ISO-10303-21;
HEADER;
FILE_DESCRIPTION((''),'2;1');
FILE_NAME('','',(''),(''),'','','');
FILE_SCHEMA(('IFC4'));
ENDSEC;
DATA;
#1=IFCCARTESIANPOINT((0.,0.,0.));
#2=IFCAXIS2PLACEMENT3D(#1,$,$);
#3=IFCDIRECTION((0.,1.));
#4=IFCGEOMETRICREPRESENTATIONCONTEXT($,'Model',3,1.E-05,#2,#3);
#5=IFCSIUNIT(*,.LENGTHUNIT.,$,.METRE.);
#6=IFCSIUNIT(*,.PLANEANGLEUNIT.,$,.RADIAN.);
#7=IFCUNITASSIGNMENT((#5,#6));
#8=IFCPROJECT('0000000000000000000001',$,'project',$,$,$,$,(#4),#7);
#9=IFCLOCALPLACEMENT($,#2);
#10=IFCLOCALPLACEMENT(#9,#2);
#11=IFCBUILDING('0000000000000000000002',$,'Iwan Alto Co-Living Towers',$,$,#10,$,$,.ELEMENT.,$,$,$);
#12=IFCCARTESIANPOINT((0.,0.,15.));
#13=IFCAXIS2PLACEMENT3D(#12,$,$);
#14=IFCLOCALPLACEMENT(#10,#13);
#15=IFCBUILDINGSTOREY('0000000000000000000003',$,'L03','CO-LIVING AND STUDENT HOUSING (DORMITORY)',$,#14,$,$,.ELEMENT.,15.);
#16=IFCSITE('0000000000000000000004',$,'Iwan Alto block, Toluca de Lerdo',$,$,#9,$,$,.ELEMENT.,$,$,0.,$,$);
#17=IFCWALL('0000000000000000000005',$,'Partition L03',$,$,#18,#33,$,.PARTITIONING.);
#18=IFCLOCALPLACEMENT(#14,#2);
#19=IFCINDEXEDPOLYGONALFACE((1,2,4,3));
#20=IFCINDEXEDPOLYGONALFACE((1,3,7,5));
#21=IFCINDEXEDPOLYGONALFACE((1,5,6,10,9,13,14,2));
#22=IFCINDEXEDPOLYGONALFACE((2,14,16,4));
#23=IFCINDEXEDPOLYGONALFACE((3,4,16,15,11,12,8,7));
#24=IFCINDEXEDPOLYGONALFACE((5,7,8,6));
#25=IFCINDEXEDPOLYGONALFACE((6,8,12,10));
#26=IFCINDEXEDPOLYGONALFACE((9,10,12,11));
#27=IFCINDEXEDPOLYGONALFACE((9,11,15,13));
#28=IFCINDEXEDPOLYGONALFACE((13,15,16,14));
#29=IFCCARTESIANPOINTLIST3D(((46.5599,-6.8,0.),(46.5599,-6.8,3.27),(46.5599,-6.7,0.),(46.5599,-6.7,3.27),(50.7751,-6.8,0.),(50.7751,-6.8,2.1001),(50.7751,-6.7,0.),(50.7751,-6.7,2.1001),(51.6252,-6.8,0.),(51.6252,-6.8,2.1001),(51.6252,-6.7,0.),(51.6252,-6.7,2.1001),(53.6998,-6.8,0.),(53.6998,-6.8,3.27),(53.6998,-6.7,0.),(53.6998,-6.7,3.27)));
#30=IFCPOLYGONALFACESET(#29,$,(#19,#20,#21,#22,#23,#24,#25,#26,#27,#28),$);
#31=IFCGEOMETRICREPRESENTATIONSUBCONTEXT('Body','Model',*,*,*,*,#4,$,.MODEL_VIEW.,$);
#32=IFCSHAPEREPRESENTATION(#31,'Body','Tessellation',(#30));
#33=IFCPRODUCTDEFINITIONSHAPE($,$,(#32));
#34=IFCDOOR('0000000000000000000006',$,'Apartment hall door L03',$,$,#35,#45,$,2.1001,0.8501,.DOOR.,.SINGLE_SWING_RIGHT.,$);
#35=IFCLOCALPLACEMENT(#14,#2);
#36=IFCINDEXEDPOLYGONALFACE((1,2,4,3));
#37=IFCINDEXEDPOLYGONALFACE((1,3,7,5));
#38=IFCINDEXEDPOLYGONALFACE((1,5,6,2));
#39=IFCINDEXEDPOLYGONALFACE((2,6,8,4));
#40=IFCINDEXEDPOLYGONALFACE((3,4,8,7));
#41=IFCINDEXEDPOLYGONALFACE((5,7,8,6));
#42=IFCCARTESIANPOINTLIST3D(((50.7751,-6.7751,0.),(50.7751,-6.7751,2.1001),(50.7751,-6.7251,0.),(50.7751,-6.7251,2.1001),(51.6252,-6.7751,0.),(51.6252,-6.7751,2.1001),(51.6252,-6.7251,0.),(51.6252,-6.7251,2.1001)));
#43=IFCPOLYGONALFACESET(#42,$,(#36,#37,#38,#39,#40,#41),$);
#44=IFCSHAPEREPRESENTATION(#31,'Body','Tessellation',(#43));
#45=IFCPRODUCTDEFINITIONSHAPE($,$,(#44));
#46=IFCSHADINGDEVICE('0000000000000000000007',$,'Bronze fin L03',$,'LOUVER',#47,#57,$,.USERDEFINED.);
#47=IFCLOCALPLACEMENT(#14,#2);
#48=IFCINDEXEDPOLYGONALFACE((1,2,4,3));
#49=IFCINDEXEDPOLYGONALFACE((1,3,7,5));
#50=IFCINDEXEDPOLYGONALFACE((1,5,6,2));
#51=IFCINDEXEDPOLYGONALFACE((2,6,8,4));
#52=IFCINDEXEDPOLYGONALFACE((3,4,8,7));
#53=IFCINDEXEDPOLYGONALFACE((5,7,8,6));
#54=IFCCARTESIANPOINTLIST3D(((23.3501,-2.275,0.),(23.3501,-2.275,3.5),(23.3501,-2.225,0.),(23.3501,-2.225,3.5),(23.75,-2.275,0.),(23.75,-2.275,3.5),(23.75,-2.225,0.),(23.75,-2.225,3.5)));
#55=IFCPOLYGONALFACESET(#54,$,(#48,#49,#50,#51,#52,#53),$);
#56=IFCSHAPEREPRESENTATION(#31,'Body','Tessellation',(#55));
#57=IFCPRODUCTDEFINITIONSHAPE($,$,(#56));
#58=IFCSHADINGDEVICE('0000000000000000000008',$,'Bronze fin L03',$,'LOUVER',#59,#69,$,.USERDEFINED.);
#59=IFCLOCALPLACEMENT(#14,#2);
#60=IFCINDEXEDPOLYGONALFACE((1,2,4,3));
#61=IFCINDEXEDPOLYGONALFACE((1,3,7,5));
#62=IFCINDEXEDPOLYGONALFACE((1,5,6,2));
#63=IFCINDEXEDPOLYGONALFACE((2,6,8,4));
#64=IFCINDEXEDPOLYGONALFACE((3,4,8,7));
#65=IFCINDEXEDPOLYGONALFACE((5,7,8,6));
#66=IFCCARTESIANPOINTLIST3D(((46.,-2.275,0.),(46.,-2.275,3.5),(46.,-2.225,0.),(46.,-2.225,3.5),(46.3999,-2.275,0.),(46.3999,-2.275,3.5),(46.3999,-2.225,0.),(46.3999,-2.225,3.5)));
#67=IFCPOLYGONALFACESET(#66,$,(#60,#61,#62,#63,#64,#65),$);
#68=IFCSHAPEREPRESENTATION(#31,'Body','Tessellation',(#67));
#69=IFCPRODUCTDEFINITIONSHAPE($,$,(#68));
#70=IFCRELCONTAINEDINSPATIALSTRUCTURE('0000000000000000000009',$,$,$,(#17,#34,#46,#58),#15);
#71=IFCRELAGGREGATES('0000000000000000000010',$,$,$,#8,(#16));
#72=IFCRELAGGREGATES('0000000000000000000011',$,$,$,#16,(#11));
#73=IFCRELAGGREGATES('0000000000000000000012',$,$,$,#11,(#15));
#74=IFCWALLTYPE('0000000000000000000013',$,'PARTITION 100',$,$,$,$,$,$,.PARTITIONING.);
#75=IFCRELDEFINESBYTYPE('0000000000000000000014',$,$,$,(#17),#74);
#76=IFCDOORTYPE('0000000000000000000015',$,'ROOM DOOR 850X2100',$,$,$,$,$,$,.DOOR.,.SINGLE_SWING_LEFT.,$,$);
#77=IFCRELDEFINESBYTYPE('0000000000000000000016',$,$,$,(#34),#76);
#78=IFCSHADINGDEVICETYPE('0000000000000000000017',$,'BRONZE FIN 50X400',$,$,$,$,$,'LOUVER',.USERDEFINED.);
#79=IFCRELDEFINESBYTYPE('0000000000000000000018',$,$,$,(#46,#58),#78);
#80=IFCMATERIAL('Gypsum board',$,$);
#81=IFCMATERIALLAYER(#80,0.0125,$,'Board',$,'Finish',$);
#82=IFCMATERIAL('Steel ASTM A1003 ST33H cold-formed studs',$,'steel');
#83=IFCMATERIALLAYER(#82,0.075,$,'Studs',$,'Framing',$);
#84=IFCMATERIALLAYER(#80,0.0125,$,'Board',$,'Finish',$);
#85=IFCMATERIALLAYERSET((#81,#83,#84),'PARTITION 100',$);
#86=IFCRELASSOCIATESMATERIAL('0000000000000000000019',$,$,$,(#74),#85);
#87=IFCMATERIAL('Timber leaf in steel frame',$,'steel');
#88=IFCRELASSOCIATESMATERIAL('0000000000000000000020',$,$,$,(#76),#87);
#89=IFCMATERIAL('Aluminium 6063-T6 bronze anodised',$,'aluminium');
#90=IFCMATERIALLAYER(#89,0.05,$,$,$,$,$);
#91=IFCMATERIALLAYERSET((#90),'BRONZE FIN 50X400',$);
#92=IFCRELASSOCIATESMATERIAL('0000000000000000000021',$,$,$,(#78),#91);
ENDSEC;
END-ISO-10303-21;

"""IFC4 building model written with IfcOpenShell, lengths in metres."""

from ifc_helpers import new_model, si_unit, direction, frame, frame_2d, origin, origin_2d, place, context, subcontext, project, spatial, rectangle, extrude, material, layer, layer_set, type_object, element, fill, save


model = new_model("IFC4")

# Units and contexts
model_context = context("Model", 3, precision=1e-05, world=origin(), true_north=direction((0.0, 1.0)))
body_context = subcontext(model_context, "Body", "Model", "MODEL_VIEW")
ifc_project = project(units=[si_unit("LENGTHUNIT", "METRE"), si_unit("PLANEANGLEUNIT", "RADIAN")], contexts=[model_context])

# Site, building, storey
site_placement = place(None, origin())
site = spatial("IfcSite", under=ifc_project, at=site_placement, Name="Iwan Alto block, Toluca de Lerdo", CompositionType="ELEMENT", RefElevation=0.0)
building_placement = place(site_placement, origin())
building = spatial("IfcBuilding", under=site, at=building_placement, Name="Iwan Alto Co-Living Towers", CompositionType="ELEMENT")
storey_placement = place(building_placement, frame((0.0, 0.0, 15.0)))
storey = spatial("IfcBuildingStorey", under=building, at=storey_placement, Name="L03", Description="CO-LIVING AND STUDENT HOUSING (DORMITORY)", CompositionType="ELEMENT", Elevation=15.0)

# Wall, opening, door
ifc_material_1 = material(Name="Gypsum board")
ifc_layer_1 = layer(ifc_material_1, 0.0125, Name="Board", Category="Finish")
ifc_material_2 = material(Name="Steel ASTM A1003 ST33H cold-formed studs", Category="steel")
ifc_layer_2 = layer(ifc_material_2, 0.075, Name="Studs", Category="Framing")
ifc_layer_3 = layer(ifc_material_1, 0.0125, Name="Board", Category="Finish")
ifc_layer_set_1 = layer_set([ifc_layer_1, ifc_layer_2, ifc_layer_3], Name="PARTITION 100")
wall_type = type_object("IfcWallType", Name="PARTITION 100", PredefinedType="PARTITIONING", material=ifc_layer_set_1)
wall_placement = place(storey_placement, frame((46.5601, -6.75, 0.0), z_axis=(0.0, 0.0, 1.0), x_axis=(1.0, 0.0, 0.0)))
wall = element("IfcWall", 1, at=wall_placement, inside=storey, type_object=wall_type, Name="Partition L03", PredefinedType="PARTITIONING", context=body_context, shape_type="SweptSolid", body=[
    extrude(rectangle(XDim=7.1399, YDim=0.1001, at=frame_2d((3.5698, 0.0))), origin(), (0.0, 0.0, 1.0), 3.27),
])
opening_placement = place(wall_placement, frame((4.2151, 0.0, 0.0)))
opening = element("IfcOpeningElement", 2, at=opening_placement, cuts=wall, PredefinedType="OPENING", context=body_context, shape_type="SweptSolid", body=[
    extrude(rectangle(XDim=0.8501, YDim=2.1001, at=frame_2d((0.425, 1.05))), frame((0.0, 0.0601, 0.0), z_axis=(0.0, -1.0, 0.0), x_axis=(1.0, 0.0, 0.0)), (0.0, 0.0, 1.0), 0.1201),
])
ifc_material_3 = material(Name="Timber leaf in steel frame", Category="steel")
door_type = type_object("IfcDoorType", Name="ROOM DOOR 850X2100", OperationType="SINGLE_SWING_LEFT", PredefinedType="DOOR", material=ifc_material_3)
door_placement = place(opening_placement, origin())
door = element("IfcDoor", 3, at=door_placement, inside=storey, type_object=door_type, Name="Apartment hall door L03", OperationType="SINGLE_SWING_RIGHT", OverallHeight=2.1001, OverallWidth=0.8501, PredefinedType="DOOR", context=body_context, shape_type="SweptSolid", body=[
    extrude(rectangle(XDim=0.8501, YDim=2.1001, at=frame_2d((0.425, 1.05))), frame((0.0, 0.0249, 0.0), z_axis=(0.0, -1.0, 0.0), x_axis=(1.0, 0.0, 0.0)), (0.0, 0.0, 1.0), 0.05),
])
fill(opening, door)

# Shading devices
ifc_material_4 = material(Name="Aluminium 6063-T6 bronze anodised", Category="aluminium")
ifc_layer_4 = layer(ifc_material_4, 0.05)
ifc_layer_set_2 = layer_set([ifc_layer_4], Name="BRONZE FIN 50X400")
shading_device_type = type_object("IfcShadingDeviceType", Name="BRONZE FIN 50X400", ElementType="LOUVER", PredefinedType="USERDEFINED", material=ifc_layer_set_2)
for number, where, z_axis, x_axis, name in (
    (4, (23.55, -2.25, 0.0), (0.0, 0.0, 1.0), (0.0, 1.0, 0.0), "Bronze fin L03"),
    (5, (46.2, -2.25, 0.0), (0.0, 0.0, 1.0), (0.0, -1.0, 0.0), "Bronze fin L03"),
):
    element("IfcShadingDevice", number, at=place(storey_placement, frame(where, z_axis=z_axis, x_axis=x_axis)), inside=storey, type_object=shading_device_type, Name=name, ObjectType="LOUVER", PredefinedType="USERDEFINED", context=body_context, shape_type="SweptSolid", body=[
        extrude(rectangle(XDim=0.05, YDim=0.3999, at=origin_2d()), origin(), (0.0, 0.0, 1.0), 3.5),
    ])

save(model, "model.ifc")
